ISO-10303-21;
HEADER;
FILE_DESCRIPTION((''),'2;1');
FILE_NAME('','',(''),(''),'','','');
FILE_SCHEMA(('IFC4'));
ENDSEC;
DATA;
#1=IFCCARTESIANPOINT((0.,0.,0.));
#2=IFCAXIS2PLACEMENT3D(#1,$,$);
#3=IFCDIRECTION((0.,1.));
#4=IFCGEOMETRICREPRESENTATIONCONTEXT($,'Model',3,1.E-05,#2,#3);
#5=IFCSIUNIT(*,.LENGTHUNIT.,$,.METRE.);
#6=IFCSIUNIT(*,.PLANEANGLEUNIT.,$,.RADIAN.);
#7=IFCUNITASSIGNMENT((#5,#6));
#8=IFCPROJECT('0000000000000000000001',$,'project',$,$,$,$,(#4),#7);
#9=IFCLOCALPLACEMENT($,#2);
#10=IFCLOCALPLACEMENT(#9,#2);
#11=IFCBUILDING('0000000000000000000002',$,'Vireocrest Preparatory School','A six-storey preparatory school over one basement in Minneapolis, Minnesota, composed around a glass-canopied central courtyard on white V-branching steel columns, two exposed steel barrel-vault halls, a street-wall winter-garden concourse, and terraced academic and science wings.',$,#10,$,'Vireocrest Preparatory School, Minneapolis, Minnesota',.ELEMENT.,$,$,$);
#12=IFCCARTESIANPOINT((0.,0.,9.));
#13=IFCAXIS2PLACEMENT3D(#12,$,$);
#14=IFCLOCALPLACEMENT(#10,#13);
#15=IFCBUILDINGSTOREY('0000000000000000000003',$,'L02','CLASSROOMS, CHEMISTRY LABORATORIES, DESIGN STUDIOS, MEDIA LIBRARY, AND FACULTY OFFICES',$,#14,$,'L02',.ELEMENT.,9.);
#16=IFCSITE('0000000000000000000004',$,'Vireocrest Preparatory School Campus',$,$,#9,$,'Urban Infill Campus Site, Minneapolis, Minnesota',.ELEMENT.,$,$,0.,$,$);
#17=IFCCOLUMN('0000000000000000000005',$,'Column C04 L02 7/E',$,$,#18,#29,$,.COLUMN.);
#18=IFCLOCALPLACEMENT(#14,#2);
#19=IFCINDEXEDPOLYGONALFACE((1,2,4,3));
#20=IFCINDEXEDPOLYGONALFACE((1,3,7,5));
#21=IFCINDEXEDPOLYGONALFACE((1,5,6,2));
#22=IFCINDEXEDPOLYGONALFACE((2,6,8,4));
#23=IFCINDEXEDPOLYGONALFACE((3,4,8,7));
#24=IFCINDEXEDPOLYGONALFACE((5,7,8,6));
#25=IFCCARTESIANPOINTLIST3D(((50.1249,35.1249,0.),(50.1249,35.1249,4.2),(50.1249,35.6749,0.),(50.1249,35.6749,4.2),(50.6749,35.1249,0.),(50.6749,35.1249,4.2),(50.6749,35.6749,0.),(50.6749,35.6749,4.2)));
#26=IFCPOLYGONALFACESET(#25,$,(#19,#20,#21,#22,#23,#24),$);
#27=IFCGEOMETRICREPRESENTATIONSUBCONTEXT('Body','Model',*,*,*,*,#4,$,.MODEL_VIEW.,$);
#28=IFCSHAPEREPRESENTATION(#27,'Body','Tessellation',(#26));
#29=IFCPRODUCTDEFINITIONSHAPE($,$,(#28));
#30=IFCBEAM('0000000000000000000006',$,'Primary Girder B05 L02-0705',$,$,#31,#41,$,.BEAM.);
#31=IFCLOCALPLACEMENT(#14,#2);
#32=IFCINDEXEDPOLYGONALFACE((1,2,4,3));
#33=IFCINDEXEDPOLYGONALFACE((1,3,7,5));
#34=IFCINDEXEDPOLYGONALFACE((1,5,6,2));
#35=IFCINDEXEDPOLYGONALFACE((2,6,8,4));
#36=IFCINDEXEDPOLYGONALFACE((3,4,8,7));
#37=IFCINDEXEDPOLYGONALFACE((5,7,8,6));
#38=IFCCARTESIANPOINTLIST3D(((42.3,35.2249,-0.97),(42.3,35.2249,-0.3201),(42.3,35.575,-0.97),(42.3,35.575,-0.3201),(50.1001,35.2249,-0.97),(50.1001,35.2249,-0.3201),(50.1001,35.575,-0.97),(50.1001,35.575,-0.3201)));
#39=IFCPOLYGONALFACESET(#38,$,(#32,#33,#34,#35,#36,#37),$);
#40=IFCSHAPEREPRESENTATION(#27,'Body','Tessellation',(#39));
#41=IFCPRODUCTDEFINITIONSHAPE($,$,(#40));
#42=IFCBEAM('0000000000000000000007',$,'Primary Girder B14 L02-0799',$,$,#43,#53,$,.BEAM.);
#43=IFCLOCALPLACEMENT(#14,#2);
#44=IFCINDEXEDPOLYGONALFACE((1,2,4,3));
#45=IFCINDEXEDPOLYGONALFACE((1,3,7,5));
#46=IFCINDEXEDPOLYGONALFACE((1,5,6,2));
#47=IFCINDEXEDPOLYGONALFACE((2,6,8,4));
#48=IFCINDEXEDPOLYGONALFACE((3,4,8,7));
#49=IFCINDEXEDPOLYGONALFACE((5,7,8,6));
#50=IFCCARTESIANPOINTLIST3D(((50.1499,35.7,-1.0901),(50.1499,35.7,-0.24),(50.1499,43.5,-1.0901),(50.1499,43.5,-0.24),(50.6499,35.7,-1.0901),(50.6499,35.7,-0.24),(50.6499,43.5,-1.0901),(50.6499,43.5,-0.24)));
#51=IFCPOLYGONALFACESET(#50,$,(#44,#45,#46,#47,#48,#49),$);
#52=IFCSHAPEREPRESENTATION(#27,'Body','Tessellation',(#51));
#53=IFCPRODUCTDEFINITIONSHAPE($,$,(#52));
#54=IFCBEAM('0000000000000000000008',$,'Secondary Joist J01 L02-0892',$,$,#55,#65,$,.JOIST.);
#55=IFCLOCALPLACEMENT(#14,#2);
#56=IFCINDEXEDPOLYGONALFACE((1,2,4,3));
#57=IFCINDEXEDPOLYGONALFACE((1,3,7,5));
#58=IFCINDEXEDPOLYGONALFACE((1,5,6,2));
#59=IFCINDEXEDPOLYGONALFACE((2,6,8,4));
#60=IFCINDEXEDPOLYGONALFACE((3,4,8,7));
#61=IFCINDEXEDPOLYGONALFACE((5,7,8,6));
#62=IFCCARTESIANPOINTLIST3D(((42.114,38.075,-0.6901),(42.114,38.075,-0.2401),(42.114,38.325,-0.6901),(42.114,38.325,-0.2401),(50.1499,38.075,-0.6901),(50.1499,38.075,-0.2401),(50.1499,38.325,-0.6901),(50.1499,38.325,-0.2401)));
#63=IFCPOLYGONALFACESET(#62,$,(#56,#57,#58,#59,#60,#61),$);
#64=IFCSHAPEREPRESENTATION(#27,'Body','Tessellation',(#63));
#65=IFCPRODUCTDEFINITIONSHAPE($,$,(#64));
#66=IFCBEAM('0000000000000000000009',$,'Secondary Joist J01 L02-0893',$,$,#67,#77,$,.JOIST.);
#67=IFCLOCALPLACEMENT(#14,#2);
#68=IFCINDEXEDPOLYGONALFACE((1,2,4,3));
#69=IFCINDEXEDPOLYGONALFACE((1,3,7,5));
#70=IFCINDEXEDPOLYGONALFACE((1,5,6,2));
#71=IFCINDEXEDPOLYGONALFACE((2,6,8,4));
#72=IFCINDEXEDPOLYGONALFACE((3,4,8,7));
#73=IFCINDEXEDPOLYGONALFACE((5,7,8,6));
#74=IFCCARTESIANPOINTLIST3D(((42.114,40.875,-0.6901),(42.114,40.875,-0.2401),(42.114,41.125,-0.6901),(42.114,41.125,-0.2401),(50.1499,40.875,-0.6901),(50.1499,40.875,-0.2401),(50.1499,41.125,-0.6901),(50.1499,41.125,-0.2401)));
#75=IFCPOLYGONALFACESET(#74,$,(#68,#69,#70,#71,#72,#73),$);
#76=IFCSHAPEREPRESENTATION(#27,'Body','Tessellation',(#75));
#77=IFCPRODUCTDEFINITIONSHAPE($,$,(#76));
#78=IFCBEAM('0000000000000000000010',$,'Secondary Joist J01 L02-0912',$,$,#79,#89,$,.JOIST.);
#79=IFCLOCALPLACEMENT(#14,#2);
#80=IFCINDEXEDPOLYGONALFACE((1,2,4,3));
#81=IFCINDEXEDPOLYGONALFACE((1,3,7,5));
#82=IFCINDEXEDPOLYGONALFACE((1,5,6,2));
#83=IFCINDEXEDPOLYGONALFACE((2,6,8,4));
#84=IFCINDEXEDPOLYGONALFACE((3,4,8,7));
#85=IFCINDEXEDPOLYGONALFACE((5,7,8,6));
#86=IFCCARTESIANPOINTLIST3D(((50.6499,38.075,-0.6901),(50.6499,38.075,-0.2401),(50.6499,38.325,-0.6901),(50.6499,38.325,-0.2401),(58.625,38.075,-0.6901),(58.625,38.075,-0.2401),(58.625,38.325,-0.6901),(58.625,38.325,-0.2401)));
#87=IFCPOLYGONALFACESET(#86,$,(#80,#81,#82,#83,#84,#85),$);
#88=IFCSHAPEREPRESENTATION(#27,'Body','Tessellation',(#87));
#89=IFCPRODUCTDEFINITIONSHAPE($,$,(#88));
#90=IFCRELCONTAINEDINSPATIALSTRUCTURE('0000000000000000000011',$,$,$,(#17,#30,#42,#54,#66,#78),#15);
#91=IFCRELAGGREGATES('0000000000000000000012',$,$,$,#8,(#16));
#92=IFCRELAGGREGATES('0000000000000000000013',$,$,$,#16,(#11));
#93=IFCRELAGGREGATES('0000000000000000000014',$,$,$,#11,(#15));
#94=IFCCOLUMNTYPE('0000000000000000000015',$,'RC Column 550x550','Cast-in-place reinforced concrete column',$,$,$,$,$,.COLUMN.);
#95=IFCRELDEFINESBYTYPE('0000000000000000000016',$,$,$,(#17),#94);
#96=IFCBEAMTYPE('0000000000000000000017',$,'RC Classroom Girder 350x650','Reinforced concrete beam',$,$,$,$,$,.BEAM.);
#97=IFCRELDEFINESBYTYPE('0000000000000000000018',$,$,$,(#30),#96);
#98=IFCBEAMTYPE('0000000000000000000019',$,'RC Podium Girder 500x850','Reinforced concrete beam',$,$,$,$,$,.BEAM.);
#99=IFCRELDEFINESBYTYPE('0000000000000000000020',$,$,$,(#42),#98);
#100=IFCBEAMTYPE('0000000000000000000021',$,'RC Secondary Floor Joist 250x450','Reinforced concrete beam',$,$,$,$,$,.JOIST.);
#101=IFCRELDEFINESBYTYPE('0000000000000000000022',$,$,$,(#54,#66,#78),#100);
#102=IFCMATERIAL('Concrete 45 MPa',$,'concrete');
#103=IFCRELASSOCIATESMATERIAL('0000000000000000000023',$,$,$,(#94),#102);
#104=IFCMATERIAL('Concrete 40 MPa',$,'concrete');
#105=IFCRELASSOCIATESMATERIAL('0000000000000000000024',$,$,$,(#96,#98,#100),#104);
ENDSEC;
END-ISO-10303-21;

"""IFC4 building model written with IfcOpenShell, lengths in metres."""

from ifc_helpers import new_model, si_unit, direction, frame, origin, origin_2d, place, context, subcontext, project, spatial, rectangle, extrude, material, material_profile, profile_set, type_object, element, save


model = new_model("IFC4")

# Units and contexts
model_context = context("Model", 3, precision=1e-05, world=origin(), true_north=direction((0.0, 1.0)))
body_context = subcontext(model_context, "Body", "Model", "MODEL_VIEW")
ifc_project = project(units=[si_unit("LENGTHUNIT", "METRE"), si_unit("PLANEANGLEUNIT", "RADIAN")], contexts=[model_context])

# Site, building, storey
site_placement = place(None, origin())
site = spatial("IfcSite", under=ifc_project, at=site_placement, Name="Vireocrest Preparatory School Campus", LongName="Urban Infill Campus Site, Minneapolis, Minnesota", CompositionType="ELEMENT", RefElevation=0.0)
building_placement = place(site_placement, origin())
building = spatial("IfcBuilding", under=site, at=building_placement, Name="Vireocrest Preparatory School", Description="A six-storey preparatory school over one basement in Minneapolis, Minnesota, composed around a glass-canopied central courtyard on white V-branching steel columns, two exposed steel barrel-vault halls, a street-wall winter-garden concourse, and terraced academic and science wings.", LongName="Vireocrest Preparatory School, Minneapolis, Minnesota", CompositionType="ELEMENT")
storey_placement = place(building_placement, frame((0.0, 0.0, 9.0)))
storey = spatial("IfcBuildingStorey", under=building, at=storey_placement, Name="L02", Description="CLASSROOMS, CHEMISTRY LABORATORIES, DESIGN STUDIOS, MEDIA LIBRARY, AND FACULTY OFFICES", LongName="L02", CompositionType="ELEMENT", Elevation=9.0)

# Column
ifc_material_1 = material(Name="Concrete 45 MPa", Category="concrete")
ifc_material_profile_1 = material_profile(ifc_material_1, rectangle(XDim=0.55, YDim=0.55, at=origin_2d()), Name="RC 550x550")
ifc_profile_set_1 = profile_set([ifc_material_profile_1], Name="Concrete 45 MPa")
column_type = type_object("IfcColumnType", Name="RC Column 550x550", Description="Cast-in-place reinforced concrete column", PredefinedType="COLUMN", material=ifc_profile_set_1)
column_placement = place(storey_placement, frame((50.3999, 35.3999, 0.0), z_axis=(0.0, 0.0, 1.0), x_axis=(1.0, 0.0, 0.0)))
element("IfcColumn", 1, at=column_placement, inside=storey, type_object=column_type, Name="Column C04 L02 7/E", PredefinedType="COLUMN", context=body_context, shape_type="SweptSolid", body=[
    extrude(rectangle(XDim=0.55, YDim=0.55, at=origin_2d()), origin(), (0.0, 0.0, 1.0), 4.2),
])

# Beams
ifc_material_2 = material(Name="Concrete 40 MPa", Category="concrete")
ifc_material_profile_2 = material_profile(ifc_material_2, rectangle(XDim=0.3501, YDim=0.6499, at=origin_2d()), Name="RC 350x650")
ifc_profile_set_2 = profile_set([ifc_material_profile_2], Name="Concrete 40 MPa")
beam_type_1 = type_object("IfcBeamType", Name="RC Classroom Girder 350x650", Description="Reinforced concrete beam", PredefinedType="BEAM", material=ifc_profile_set_2)
beam_1_placement = place(storey_placement, frame((42.3, 35.3999, -0.645), z_axis=(1.0, 0.0, 0.0), x_axis=(0.0, 1.0, 0.0)))
element("IfcBeam", 2, at=beam_1_placement, inside=storey, type_object=beam_type_1, Name="Primary Girder B05 L02-0705", PredefinedType="BEAM", context=body_context, shape_type="SweptSolid", body=[
    extrude(rectangle(XDim=0.3501, YDim=0.6499, at=origin_2d()), origin(), (0.0, 0.0, 1.0), 7.8),
])
ifc_material_profile_3 = material_profile(ifc_material_2, rectangle(XDim=0.5, YDim=0.8501, at=origin_2d()), Name="RC 500x850")
ifc_profile_set_3 = profile_set([ifc_material_profile_3], Name="Concrete 40 MPa")
beam_type_2 = type_object("IfcBeamType", Name="RC Podium Girder 500x850", Description="Reinforced concrete beam", PredefinedType="BEAM", material=ifc_profile_set_3)
beam_2_placement = place(storey_placement, frame((50.3999, 35.7, -0.665), z_axis=(0.0, 1.0, 0.0), x_axis=(-1.0, 0.0, 0.0)))
element("IfcBeam", 3, at=beam_2_placement, inside=storey, type_object=beam_type_2, Name="Primary Girder B14 L02-0799", PredefinedType="BEAM", context=body_context, shape_type="SweptSolid", body=[
    extrude(rectangle(XDim=0.5, YDim=0.8501, at=origin_2d()), origin(), (0.0, 0.0, 1.0), 7.8),
])
ifc_material_profile_4 = material_profile(ifc_material_2, rectangle(XDim=0.25, YDim=0.45, at=origin_2d()), Name="RC 250x450")
ifc_profile_set_4 = profile_set([ifc_material_profile_4], Name="Concrete 40 MPa")
beam_type_3 = type_object("IfcBeamType", Name="RC Secondary Floor Joist 250x450", Description="Reinforced concrete beam", PredefinedType="JOIST", material=ifc_profile_set_4)
for number, where, z_axis, x_axis, name in (
    (4, (42.114, 38.2, -0.4651), (1.0, 0.0, 0.0), (0.0, 1.0, 0.0), "Secondary Joist J01 L02-0892"),
    (5, (42.114, 41.0, -0.4651), (1.0, 0.0, 0.0), (0.0, 1.0, 0.0), "Secondary Joist J01 L02-0893"),
):
    element("IfcBeam", number, at=place(storey_placement, frame(where, z_axis=z_axis, x_axis=x_axis)), inside=storey, type_object=beam_type_3, Name=name, PredefinedType="JOIST", context=body_context, shape_type="SweptSolid", body=[
        extrude(rectangle(XDim=0.25, YDim=0.45, at=origin_2d()), origin(), (0.0, 0.0, 1.0), 8.0359),
    ])
beam_3_placement = place(storey_placement, frame((50.6499, 38.2, -0.4651), z_axis=(1.0, 0.0, 0.0), x_axis=(0.0, 1.0, 0.0)))
element("IfcBeam", 6, at=beam_3_placement, inside=storey, type_object=beam_type_3, Name="Secondary Joist J01 L02-0912", PredefinedType="JOIST", context=body_context, shape_type="SweptSolid", body=[
    extrude(rectangle(XDim=0.25, YDim=0.45, at=origin_2d()), origin(), (0.0, 0.0, 1.0), 7.9751),
])

save(model, "model.ifc")
